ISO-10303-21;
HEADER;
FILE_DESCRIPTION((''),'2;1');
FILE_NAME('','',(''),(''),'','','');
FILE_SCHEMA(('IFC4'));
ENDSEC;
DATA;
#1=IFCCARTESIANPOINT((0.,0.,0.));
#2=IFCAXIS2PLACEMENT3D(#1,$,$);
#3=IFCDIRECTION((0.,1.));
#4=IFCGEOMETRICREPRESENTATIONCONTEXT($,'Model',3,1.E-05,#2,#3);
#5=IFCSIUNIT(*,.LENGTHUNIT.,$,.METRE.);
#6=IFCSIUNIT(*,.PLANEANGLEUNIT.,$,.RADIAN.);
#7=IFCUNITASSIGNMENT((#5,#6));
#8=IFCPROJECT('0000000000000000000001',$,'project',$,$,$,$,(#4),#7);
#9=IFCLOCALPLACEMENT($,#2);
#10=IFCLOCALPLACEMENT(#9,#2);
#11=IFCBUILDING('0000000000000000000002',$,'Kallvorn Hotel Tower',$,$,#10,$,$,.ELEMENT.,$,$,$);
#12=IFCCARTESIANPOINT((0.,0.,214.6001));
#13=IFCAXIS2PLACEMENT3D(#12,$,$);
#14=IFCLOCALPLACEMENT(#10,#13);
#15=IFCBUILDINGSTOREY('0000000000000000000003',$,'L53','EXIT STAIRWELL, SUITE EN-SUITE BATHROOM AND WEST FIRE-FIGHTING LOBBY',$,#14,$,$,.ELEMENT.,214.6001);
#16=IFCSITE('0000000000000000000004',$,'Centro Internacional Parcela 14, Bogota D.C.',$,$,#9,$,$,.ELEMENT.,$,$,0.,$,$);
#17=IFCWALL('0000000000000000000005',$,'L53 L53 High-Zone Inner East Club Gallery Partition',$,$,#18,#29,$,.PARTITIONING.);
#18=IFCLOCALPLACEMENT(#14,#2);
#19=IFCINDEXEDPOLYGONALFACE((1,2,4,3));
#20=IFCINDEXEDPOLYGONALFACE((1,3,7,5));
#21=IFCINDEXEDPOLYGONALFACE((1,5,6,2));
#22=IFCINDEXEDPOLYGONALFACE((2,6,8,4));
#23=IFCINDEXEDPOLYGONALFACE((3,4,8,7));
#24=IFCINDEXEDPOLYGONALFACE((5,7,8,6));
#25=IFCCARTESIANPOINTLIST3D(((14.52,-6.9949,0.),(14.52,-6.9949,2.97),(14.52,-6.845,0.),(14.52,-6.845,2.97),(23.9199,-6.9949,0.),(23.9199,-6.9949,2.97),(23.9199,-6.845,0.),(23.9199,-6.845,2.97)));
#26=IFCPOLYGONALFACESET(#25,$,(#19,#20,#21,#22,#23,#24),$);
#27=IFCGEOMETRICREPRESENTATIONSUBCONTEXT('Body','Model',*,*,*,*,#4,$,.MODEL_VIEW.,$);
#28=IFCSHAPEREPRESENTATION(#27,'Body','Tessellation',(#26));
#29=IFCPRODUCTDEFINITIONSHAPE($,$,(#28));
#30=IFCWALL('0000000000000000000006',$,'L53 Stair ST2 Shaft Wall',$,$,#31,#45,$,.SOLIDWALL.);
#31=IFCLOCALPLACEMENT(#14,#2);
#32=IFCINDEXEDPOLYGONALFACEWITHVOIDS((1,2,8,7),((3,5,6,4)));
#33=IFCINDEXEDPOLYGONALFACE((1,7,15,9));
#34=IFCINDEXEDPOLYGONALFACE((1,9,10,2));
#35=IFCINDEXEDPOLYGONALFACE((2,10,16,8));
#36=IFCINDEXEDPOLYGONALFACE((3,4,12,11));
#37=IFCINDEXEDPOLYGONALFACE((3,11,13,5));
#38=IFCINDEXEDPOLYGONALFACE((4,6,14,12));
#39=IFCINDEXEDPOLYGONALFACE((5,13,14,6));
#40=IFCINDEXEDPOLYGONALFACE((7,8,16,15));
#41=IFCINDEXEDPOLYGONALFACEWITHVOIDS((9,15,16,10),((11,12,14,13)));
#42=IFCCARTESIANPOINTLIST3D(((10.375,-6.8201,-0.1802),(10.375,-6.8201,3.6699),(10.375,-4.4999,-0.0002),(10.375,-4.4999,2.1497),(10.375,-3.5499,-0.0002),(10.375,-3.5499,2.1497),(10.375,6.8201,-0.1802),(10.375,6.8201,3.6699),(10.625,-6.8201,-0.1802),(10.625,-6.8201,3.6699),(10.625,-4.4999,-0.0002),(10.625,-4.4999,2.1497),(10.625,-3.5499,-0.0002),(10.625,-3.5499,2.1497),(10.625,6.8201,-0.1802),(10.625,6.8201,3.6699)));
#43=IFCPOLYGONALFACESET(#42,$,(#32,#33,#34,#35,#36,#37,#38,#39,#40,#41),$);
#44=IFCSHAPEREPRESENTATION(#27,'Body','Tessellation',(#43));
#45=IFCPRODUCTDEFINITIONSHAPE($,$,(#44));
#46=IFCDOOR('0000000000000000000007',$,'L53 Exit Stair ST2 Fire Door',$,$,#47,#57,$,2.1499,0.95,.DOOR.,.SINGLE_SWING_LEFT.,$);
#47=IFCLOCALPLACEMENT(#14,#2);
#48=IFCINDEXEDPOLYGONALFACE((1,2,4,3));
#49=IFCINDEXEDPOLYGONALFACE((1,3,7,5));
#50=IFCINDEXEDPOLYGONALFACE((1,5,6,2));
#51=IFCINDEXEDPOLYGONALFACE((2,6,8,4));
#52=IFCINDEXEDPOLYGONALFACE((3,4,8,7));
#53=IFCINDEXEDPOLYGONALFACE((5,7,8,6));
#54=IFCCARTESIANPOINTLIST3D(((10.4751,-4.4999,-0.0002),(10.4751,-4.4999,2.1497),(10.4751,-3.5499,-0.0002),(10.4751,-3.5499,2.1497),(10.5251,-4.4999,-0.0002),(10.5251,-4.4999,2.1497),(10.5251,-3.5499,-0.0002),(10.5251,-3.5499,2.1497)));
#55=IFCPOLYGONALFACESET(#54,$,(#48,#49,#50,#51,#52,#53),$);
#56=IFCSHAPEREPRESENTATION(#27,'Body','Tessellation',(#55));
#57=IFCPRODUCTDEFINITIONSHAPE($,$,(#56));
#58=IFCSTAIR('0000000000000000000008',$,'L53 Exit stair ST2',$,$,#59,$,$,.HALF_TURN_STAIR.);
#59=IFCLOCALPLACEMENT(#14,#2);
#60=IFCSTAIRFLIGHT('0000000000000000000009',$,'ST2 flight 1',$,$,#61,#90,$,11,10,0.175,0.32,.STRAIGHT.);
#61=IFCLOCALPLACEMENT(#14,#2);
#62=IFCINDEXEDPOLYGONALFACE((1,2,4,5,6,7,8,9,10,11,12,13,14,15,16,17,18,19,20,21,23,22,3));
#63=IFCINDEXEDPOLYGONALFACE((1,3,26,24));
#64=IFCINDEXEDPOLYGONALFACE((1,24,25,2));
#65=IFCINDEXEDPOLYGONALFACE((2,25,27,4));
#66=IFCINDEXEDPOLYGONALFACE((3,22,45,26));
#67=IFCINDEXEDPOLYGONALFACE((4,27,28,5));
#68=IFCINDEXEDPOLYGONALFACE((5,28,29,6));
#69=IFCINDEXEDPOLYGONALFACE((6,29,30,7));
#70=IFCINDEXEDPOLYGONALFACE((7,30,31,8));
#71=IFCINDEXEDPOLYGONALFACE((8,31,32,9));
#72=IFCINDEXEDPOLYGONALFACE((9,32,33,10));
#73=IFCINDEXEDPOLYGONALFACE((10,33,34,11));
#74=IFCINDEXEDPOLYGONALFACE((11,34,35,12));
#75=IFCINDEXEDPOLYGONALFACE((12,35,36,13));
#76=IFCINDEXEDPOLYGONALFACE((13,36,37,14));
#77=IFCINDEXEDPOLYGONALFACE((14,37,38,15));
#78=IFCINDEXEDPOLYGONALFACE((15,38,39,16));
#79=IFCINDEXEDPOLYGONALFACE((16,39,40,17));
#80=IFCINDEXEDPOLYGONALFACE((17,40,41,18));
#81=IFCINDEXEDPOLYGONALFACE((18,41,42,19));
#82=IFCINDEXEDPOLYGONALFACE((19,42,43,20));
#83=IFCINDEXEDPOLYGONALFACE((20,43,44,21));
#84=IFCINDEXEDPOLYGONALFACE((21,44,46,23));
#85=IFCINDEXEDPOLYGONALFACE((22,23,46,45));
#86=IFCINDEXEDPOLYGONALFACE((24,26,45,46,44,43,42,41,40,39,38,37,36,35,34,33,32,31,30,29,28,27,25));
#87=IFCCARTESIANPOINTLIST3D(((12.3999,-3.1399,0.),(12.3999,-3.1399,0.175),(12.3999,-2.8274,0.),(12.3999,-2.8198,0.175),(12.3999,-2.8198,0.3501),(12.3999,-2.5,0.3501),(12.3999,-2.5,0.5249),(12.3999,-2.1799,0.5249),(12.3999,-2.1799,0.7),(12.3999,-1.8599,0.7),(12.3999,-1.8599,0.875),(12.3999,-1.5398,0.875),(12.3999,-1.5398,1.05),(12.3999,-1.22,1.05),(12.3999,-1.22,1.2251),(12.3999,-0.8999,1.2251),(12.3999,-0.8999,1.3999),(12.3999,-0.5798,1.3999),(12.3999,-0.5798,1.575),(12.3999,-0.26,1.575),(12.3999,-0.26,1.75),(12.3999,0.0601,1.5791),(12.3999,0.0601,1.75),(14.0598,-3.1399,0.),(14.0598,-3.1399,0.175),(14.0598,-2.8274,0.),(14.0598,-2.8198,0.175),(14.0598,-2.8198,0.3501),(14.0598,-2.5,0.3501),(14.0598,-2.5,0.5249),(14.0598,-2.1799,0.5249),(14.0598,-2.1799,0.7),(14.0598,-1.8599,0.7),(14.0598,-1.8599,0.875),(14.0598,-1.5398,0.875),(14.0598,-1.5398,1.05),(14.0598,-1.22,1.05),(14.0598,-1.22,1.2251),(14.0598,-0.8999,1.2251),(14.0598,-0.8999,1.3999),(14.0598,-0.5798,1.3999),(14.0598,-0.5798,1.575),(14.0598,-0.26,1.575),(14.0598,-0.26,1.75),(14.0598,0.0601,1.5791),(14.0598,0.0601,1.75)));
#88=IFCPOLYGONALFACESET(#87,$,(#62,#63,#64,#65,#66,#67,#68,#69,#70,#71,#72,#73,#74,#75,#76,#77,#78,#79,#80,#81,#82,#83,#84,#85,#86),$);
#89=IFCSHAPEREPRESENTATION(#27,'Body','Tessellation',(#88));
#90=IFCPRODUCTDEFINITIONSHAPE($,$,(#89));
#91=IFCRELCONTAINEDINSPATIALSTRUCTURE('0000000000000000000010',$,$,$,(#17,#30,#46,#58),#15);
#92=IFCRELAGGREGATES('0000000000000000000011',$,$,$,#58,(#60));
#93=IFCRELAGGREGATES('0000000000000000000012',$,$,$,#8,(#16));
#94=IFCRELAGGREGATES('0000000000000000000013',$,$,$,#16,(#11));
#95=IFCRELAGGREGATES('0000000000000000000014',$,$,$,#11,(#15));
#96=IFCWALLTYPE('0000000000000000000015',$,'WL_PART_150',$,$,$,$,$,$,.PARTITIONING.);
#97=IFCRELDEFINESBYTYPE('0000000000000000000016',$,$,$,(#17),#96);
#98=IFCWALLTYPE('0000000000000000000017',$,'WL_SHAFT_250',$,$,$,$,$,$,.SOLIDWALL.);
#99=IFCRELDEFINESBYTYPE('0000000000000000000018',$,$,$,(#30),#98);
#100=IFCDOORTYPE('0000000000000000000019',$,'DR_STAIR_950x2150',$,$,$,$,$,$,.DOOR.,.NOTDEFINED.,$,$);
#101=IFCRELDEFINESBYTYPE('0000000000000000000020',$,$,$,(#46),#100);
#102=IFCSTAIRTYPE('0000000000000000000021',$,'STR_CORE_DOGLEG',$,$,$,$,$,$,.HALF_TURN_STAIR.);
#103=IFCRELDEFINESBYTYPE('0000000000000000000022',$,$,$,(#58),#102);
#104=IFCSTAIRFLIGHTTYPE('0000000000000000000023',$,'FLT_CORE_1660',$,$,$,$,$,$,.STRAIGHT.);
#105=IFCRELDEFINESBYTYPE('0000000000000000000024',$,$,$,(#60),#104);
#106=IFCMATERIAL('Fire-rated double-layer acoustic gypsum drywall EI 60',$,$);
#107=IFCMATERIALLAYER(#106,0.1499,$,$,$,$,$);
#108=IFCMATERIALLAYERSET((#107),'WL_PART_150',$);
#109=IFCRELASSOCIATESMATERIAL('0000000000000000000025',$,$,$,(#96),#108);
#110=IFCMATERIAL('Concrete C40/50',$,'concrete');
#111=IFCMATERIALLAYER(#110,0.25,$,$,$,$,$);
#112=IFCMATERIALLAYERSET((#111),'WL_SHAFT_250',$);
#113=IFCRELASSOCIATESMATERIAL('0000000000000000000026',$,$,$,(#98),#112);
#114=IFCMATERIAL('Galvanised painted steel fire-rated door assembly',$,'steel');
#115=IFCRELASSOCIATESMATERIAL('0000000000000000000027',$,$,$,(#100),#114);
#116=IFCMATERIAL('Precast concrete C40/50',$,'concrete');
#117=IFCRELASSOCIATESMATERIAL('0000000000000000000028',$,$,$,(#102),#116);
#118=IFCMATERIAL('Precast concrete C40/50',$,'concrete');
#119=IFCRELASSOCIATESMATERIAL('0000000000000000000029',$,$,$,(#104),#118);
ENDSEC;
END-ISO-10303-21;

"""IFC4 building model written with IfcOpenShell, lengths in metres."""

from ifc_helpers import new_model, si_unit, direction, frame, frame_2d, origin, place, context, subcontext, project, spatial, polyline, rectangle, outline, extrude, material, layer, layer_set, type_object, element, fill, aggregate, save


model = new_model("IFC4")

# Units and contexts
model_context = context("Model", 3, precision=1e-05, world=origin(), true_north=direction((0.0, 1.0)))
body_context = subcontext(model_context, "Body", "Model", "MODEL_VIEW")
ifc_project = project(units=[si_unit("LENGTHUNIT", "METRE"), si_unit("PLANEANGLEUNIT", "RADIAN")], contexts=[model_context])

# Site, building, storey
site_placement = place(None, origin())
site = spatial("IfcSite", under=ifc_project, at=site_placement, Name="Centro Internacional Parcela 14, Bogota D.C.", CompositionType="ELEMENT", RefElevation=0.0)
building_placement = place(site_placement, origin())
building = spatial("IfcBuilding", under=site, at=building_placement, Name="Kallvorn Hotel Tower", CompositionType="ELEMENT")
storey_placement = place(building_placement, frame((0.0, 0.0, 214.6001)))
storey = spatial("IfcBuildingStorey", under=building, at=storey_placement, Name="L53", Description="EXIT STAIRWELL, SUITE EN-SUITE BATHROOM AND WEST FIRE-FIGHTING LOBBY", CompositionType="ELEMENT", Elevation=214.6001)

# Wall
ifc_material_1 = material(Name="Fire-rated double-layer acoustic gypsum drywall EI 60")
ifc_layer_1 = layer(ifc_material_1, 0.1499)
ifc_layer_set_1 = layer_set([ifc_layer_1], Name="WL_PART_150")
wall_type_1 = type_object("IfcWallType", Name="WL_PART_150", PredefinedType="PARTITIONING", material=ifc_layer_set_1)
wall_1_placement = place(storey_placement, frame((14.52, -6.9199, 0.0), z_axis=(0.0, 0.0, 1.0), x_axis=(1.0, 0.0, 0.0)))
element("IfcWall", 1, at=wall_1_placement, inside=storey, type_object=wall_type_1, Name="L53 L53 High-Zone Inner East Club Gallery Partition", PredefinedType="PARTITIONING", context=body_context, shape_type="SweptSolid", body=[
    extrude(rectangle(XDim=9.3999, YDim=0.1499, at=frame_2d((4.7, 0.0))), origin(), (0.0, 0.0, 1.0), 2.97),
])

# Wall, opening, door
ifc_material_2 = material(Name="Concrete C40/50", Category="concrete")
ifc_layer_2 = layer(ifc_material_2, 0.25)
ifc_layer_set_2 = layer_set([ifc_layer_2], Name="WL_SHAFT_250")
wall_type_2 = type_object("IfcWallType", Name="WL_SHAFT_250", PredefinedType="SOLIDWALL", material=ifc_layer_set_2)
wall_2_placement = place(storey_placement, frame((10.5, -6.8201, -0.1802), z_axis=(0.0, 0.0, 1.0), x_axis=(0.0, 1.0, 0.0)))
wall_2 = element("IfcWall", 2, at=wall_2_placement, inside=storey, type_object=wall_type_2, Name="L53 Stair ST2 Shaft Wall", PredefinedType="SOLIDWALL", context=body_context, shape_type="SweptSolid", body=[
    extrude(rectangle(XDim=13.6401, YDim=0.25, at=frame_2d((6.8201, 0.0))), origin(), (0.0, 0.0, 1.0), 3.8501),
])
opening_placement = place(wall_2_placement, frame((2.3201, 0.0, 0.1799)))
opening = element("IfcOpeningElement", 3, at=opening_placement, cuts=wall_2, PredefinedType="OPENING", context=body_context, shape_type="SweptSolid", body=[
    extrude(rectangle(XDim=0.95, YDim=2.1499, at=frame_2d((0.4751, 1.075))), frame((0.0, 0.1399, 0.0), z_axis=(0.0, -1.0, 0.0), x_axis=(1.0, 0.0, 0.0)), (0.0, 0.0, 1.0), 0.28),
])
ifc_material_3 = material(Name="Galvanised painted steel fire-rated door assembly", Category="steel")
door_type = type_object("IfcDoorType", Name="DR_STAIR_950x2150", OperationType="NOTDEFINED", PredefinedType="DOOR", material=ifc_material_3)
door_placement = place(opening_placement, origin())
door = element("IfcDoor", 4, at=door_placement, inside=storey, type_object=door_type, Name="L53 Exit Stair ST2 Fire Door", OperationType="SINGLE_SWING_LEFT", OverallHeight=2.1499, OverallWidth=0.95, PredefinedType="DOOR", context=body_context, shape_type="SweptSolid", body=[
    extrude(rectangle(XDim=0.95, YDim=2.1499, at=frame_2d((0.4751, 1.075))), frame((0.0, 0.0249, 0.0), z_axis=(0.0, -1.0, 0.0), x_axis=(1.0, 0.0, 0.0)), (0.0, 0.0, 1.0), 0.05),
])
fill(opening, door)

# Stair, stair flight
ifc_material_4 = material(Name="Precast concrete C40/50", Category="concrete")
stair_type = type_object("IfcStairType", Name="STR_CORE_DOGLEG", PredefinedType="HALF_TURN_STAIR", material=ifc_material_4)
stair_placement = place(storey_placement, origin())
stair = element("IfcStair", 5, at=stair_placement, inside=storey, type_object=stair_type, Name="L53 Exit stair ST2", PredefinedType="HALF_TURN_STAIR")
ifc_material_5 = material(Name="Precast concrete C40/50", Category="concrete")
stair_flight_type = type_object("IfcStairFlightType", Name="FLT_CORE_1660", PredefinedType="STRAIGHT", material=ifc_material_5)
stair_flight_placement = place(storey_placement, frame((13.23, -3.1399, 0.0), z_axis=(0.0, 0.0, 1.0), x_axis=(0.0, 1.0, 0.0)))
stair_flight = element("IfcStairFlight", 6, at=stair_flight_placement, type_object=stair_flight_type, Name="ST2 flight 1", NumberOfRisers=11, NumberOfTreads=10, PredefinedType="STRAIGHT", RiserHeight=0.175, TreadLength=0.32, context=body_context, shape_type="SweptSolid", body=[
    extrude(outline(polyline([(0.0, 0.0), (0.0, 0.175), (0.3201, 0.175), (0.3201, 0.3501), (0.6399, 0.3501), (0.6399, 0.5249), (0.96, 0.5249), (0.96, 0.7), (1.28, 0.7), (1.28, 0.875), (1.6001, 0.875), (1.6001, 1.05), (1.9199, 1.05), (1.9199, 1.2251), (2.24, 1.2251), (2.24, 1.3999), (2.5601, 1.3999), (2.5601, 1.575), (2.8799, 1.575), (2.8799, 1.75), (3.2, 1.75), (3.2, 1.925), (3.2, 1.5791), (0.3125, 0.0), (0.0, 0.0)])), frame((0.0, 0.8301, 0.0), z_axis=(0.0, -1.0, 0.0), x_axis=(1.0, 0.0, 0.0)), (0.0, 0.0, 1.0), 1.6599),
])
aggregate(stair, [stair_flight])

save(model, "model.ifc")
